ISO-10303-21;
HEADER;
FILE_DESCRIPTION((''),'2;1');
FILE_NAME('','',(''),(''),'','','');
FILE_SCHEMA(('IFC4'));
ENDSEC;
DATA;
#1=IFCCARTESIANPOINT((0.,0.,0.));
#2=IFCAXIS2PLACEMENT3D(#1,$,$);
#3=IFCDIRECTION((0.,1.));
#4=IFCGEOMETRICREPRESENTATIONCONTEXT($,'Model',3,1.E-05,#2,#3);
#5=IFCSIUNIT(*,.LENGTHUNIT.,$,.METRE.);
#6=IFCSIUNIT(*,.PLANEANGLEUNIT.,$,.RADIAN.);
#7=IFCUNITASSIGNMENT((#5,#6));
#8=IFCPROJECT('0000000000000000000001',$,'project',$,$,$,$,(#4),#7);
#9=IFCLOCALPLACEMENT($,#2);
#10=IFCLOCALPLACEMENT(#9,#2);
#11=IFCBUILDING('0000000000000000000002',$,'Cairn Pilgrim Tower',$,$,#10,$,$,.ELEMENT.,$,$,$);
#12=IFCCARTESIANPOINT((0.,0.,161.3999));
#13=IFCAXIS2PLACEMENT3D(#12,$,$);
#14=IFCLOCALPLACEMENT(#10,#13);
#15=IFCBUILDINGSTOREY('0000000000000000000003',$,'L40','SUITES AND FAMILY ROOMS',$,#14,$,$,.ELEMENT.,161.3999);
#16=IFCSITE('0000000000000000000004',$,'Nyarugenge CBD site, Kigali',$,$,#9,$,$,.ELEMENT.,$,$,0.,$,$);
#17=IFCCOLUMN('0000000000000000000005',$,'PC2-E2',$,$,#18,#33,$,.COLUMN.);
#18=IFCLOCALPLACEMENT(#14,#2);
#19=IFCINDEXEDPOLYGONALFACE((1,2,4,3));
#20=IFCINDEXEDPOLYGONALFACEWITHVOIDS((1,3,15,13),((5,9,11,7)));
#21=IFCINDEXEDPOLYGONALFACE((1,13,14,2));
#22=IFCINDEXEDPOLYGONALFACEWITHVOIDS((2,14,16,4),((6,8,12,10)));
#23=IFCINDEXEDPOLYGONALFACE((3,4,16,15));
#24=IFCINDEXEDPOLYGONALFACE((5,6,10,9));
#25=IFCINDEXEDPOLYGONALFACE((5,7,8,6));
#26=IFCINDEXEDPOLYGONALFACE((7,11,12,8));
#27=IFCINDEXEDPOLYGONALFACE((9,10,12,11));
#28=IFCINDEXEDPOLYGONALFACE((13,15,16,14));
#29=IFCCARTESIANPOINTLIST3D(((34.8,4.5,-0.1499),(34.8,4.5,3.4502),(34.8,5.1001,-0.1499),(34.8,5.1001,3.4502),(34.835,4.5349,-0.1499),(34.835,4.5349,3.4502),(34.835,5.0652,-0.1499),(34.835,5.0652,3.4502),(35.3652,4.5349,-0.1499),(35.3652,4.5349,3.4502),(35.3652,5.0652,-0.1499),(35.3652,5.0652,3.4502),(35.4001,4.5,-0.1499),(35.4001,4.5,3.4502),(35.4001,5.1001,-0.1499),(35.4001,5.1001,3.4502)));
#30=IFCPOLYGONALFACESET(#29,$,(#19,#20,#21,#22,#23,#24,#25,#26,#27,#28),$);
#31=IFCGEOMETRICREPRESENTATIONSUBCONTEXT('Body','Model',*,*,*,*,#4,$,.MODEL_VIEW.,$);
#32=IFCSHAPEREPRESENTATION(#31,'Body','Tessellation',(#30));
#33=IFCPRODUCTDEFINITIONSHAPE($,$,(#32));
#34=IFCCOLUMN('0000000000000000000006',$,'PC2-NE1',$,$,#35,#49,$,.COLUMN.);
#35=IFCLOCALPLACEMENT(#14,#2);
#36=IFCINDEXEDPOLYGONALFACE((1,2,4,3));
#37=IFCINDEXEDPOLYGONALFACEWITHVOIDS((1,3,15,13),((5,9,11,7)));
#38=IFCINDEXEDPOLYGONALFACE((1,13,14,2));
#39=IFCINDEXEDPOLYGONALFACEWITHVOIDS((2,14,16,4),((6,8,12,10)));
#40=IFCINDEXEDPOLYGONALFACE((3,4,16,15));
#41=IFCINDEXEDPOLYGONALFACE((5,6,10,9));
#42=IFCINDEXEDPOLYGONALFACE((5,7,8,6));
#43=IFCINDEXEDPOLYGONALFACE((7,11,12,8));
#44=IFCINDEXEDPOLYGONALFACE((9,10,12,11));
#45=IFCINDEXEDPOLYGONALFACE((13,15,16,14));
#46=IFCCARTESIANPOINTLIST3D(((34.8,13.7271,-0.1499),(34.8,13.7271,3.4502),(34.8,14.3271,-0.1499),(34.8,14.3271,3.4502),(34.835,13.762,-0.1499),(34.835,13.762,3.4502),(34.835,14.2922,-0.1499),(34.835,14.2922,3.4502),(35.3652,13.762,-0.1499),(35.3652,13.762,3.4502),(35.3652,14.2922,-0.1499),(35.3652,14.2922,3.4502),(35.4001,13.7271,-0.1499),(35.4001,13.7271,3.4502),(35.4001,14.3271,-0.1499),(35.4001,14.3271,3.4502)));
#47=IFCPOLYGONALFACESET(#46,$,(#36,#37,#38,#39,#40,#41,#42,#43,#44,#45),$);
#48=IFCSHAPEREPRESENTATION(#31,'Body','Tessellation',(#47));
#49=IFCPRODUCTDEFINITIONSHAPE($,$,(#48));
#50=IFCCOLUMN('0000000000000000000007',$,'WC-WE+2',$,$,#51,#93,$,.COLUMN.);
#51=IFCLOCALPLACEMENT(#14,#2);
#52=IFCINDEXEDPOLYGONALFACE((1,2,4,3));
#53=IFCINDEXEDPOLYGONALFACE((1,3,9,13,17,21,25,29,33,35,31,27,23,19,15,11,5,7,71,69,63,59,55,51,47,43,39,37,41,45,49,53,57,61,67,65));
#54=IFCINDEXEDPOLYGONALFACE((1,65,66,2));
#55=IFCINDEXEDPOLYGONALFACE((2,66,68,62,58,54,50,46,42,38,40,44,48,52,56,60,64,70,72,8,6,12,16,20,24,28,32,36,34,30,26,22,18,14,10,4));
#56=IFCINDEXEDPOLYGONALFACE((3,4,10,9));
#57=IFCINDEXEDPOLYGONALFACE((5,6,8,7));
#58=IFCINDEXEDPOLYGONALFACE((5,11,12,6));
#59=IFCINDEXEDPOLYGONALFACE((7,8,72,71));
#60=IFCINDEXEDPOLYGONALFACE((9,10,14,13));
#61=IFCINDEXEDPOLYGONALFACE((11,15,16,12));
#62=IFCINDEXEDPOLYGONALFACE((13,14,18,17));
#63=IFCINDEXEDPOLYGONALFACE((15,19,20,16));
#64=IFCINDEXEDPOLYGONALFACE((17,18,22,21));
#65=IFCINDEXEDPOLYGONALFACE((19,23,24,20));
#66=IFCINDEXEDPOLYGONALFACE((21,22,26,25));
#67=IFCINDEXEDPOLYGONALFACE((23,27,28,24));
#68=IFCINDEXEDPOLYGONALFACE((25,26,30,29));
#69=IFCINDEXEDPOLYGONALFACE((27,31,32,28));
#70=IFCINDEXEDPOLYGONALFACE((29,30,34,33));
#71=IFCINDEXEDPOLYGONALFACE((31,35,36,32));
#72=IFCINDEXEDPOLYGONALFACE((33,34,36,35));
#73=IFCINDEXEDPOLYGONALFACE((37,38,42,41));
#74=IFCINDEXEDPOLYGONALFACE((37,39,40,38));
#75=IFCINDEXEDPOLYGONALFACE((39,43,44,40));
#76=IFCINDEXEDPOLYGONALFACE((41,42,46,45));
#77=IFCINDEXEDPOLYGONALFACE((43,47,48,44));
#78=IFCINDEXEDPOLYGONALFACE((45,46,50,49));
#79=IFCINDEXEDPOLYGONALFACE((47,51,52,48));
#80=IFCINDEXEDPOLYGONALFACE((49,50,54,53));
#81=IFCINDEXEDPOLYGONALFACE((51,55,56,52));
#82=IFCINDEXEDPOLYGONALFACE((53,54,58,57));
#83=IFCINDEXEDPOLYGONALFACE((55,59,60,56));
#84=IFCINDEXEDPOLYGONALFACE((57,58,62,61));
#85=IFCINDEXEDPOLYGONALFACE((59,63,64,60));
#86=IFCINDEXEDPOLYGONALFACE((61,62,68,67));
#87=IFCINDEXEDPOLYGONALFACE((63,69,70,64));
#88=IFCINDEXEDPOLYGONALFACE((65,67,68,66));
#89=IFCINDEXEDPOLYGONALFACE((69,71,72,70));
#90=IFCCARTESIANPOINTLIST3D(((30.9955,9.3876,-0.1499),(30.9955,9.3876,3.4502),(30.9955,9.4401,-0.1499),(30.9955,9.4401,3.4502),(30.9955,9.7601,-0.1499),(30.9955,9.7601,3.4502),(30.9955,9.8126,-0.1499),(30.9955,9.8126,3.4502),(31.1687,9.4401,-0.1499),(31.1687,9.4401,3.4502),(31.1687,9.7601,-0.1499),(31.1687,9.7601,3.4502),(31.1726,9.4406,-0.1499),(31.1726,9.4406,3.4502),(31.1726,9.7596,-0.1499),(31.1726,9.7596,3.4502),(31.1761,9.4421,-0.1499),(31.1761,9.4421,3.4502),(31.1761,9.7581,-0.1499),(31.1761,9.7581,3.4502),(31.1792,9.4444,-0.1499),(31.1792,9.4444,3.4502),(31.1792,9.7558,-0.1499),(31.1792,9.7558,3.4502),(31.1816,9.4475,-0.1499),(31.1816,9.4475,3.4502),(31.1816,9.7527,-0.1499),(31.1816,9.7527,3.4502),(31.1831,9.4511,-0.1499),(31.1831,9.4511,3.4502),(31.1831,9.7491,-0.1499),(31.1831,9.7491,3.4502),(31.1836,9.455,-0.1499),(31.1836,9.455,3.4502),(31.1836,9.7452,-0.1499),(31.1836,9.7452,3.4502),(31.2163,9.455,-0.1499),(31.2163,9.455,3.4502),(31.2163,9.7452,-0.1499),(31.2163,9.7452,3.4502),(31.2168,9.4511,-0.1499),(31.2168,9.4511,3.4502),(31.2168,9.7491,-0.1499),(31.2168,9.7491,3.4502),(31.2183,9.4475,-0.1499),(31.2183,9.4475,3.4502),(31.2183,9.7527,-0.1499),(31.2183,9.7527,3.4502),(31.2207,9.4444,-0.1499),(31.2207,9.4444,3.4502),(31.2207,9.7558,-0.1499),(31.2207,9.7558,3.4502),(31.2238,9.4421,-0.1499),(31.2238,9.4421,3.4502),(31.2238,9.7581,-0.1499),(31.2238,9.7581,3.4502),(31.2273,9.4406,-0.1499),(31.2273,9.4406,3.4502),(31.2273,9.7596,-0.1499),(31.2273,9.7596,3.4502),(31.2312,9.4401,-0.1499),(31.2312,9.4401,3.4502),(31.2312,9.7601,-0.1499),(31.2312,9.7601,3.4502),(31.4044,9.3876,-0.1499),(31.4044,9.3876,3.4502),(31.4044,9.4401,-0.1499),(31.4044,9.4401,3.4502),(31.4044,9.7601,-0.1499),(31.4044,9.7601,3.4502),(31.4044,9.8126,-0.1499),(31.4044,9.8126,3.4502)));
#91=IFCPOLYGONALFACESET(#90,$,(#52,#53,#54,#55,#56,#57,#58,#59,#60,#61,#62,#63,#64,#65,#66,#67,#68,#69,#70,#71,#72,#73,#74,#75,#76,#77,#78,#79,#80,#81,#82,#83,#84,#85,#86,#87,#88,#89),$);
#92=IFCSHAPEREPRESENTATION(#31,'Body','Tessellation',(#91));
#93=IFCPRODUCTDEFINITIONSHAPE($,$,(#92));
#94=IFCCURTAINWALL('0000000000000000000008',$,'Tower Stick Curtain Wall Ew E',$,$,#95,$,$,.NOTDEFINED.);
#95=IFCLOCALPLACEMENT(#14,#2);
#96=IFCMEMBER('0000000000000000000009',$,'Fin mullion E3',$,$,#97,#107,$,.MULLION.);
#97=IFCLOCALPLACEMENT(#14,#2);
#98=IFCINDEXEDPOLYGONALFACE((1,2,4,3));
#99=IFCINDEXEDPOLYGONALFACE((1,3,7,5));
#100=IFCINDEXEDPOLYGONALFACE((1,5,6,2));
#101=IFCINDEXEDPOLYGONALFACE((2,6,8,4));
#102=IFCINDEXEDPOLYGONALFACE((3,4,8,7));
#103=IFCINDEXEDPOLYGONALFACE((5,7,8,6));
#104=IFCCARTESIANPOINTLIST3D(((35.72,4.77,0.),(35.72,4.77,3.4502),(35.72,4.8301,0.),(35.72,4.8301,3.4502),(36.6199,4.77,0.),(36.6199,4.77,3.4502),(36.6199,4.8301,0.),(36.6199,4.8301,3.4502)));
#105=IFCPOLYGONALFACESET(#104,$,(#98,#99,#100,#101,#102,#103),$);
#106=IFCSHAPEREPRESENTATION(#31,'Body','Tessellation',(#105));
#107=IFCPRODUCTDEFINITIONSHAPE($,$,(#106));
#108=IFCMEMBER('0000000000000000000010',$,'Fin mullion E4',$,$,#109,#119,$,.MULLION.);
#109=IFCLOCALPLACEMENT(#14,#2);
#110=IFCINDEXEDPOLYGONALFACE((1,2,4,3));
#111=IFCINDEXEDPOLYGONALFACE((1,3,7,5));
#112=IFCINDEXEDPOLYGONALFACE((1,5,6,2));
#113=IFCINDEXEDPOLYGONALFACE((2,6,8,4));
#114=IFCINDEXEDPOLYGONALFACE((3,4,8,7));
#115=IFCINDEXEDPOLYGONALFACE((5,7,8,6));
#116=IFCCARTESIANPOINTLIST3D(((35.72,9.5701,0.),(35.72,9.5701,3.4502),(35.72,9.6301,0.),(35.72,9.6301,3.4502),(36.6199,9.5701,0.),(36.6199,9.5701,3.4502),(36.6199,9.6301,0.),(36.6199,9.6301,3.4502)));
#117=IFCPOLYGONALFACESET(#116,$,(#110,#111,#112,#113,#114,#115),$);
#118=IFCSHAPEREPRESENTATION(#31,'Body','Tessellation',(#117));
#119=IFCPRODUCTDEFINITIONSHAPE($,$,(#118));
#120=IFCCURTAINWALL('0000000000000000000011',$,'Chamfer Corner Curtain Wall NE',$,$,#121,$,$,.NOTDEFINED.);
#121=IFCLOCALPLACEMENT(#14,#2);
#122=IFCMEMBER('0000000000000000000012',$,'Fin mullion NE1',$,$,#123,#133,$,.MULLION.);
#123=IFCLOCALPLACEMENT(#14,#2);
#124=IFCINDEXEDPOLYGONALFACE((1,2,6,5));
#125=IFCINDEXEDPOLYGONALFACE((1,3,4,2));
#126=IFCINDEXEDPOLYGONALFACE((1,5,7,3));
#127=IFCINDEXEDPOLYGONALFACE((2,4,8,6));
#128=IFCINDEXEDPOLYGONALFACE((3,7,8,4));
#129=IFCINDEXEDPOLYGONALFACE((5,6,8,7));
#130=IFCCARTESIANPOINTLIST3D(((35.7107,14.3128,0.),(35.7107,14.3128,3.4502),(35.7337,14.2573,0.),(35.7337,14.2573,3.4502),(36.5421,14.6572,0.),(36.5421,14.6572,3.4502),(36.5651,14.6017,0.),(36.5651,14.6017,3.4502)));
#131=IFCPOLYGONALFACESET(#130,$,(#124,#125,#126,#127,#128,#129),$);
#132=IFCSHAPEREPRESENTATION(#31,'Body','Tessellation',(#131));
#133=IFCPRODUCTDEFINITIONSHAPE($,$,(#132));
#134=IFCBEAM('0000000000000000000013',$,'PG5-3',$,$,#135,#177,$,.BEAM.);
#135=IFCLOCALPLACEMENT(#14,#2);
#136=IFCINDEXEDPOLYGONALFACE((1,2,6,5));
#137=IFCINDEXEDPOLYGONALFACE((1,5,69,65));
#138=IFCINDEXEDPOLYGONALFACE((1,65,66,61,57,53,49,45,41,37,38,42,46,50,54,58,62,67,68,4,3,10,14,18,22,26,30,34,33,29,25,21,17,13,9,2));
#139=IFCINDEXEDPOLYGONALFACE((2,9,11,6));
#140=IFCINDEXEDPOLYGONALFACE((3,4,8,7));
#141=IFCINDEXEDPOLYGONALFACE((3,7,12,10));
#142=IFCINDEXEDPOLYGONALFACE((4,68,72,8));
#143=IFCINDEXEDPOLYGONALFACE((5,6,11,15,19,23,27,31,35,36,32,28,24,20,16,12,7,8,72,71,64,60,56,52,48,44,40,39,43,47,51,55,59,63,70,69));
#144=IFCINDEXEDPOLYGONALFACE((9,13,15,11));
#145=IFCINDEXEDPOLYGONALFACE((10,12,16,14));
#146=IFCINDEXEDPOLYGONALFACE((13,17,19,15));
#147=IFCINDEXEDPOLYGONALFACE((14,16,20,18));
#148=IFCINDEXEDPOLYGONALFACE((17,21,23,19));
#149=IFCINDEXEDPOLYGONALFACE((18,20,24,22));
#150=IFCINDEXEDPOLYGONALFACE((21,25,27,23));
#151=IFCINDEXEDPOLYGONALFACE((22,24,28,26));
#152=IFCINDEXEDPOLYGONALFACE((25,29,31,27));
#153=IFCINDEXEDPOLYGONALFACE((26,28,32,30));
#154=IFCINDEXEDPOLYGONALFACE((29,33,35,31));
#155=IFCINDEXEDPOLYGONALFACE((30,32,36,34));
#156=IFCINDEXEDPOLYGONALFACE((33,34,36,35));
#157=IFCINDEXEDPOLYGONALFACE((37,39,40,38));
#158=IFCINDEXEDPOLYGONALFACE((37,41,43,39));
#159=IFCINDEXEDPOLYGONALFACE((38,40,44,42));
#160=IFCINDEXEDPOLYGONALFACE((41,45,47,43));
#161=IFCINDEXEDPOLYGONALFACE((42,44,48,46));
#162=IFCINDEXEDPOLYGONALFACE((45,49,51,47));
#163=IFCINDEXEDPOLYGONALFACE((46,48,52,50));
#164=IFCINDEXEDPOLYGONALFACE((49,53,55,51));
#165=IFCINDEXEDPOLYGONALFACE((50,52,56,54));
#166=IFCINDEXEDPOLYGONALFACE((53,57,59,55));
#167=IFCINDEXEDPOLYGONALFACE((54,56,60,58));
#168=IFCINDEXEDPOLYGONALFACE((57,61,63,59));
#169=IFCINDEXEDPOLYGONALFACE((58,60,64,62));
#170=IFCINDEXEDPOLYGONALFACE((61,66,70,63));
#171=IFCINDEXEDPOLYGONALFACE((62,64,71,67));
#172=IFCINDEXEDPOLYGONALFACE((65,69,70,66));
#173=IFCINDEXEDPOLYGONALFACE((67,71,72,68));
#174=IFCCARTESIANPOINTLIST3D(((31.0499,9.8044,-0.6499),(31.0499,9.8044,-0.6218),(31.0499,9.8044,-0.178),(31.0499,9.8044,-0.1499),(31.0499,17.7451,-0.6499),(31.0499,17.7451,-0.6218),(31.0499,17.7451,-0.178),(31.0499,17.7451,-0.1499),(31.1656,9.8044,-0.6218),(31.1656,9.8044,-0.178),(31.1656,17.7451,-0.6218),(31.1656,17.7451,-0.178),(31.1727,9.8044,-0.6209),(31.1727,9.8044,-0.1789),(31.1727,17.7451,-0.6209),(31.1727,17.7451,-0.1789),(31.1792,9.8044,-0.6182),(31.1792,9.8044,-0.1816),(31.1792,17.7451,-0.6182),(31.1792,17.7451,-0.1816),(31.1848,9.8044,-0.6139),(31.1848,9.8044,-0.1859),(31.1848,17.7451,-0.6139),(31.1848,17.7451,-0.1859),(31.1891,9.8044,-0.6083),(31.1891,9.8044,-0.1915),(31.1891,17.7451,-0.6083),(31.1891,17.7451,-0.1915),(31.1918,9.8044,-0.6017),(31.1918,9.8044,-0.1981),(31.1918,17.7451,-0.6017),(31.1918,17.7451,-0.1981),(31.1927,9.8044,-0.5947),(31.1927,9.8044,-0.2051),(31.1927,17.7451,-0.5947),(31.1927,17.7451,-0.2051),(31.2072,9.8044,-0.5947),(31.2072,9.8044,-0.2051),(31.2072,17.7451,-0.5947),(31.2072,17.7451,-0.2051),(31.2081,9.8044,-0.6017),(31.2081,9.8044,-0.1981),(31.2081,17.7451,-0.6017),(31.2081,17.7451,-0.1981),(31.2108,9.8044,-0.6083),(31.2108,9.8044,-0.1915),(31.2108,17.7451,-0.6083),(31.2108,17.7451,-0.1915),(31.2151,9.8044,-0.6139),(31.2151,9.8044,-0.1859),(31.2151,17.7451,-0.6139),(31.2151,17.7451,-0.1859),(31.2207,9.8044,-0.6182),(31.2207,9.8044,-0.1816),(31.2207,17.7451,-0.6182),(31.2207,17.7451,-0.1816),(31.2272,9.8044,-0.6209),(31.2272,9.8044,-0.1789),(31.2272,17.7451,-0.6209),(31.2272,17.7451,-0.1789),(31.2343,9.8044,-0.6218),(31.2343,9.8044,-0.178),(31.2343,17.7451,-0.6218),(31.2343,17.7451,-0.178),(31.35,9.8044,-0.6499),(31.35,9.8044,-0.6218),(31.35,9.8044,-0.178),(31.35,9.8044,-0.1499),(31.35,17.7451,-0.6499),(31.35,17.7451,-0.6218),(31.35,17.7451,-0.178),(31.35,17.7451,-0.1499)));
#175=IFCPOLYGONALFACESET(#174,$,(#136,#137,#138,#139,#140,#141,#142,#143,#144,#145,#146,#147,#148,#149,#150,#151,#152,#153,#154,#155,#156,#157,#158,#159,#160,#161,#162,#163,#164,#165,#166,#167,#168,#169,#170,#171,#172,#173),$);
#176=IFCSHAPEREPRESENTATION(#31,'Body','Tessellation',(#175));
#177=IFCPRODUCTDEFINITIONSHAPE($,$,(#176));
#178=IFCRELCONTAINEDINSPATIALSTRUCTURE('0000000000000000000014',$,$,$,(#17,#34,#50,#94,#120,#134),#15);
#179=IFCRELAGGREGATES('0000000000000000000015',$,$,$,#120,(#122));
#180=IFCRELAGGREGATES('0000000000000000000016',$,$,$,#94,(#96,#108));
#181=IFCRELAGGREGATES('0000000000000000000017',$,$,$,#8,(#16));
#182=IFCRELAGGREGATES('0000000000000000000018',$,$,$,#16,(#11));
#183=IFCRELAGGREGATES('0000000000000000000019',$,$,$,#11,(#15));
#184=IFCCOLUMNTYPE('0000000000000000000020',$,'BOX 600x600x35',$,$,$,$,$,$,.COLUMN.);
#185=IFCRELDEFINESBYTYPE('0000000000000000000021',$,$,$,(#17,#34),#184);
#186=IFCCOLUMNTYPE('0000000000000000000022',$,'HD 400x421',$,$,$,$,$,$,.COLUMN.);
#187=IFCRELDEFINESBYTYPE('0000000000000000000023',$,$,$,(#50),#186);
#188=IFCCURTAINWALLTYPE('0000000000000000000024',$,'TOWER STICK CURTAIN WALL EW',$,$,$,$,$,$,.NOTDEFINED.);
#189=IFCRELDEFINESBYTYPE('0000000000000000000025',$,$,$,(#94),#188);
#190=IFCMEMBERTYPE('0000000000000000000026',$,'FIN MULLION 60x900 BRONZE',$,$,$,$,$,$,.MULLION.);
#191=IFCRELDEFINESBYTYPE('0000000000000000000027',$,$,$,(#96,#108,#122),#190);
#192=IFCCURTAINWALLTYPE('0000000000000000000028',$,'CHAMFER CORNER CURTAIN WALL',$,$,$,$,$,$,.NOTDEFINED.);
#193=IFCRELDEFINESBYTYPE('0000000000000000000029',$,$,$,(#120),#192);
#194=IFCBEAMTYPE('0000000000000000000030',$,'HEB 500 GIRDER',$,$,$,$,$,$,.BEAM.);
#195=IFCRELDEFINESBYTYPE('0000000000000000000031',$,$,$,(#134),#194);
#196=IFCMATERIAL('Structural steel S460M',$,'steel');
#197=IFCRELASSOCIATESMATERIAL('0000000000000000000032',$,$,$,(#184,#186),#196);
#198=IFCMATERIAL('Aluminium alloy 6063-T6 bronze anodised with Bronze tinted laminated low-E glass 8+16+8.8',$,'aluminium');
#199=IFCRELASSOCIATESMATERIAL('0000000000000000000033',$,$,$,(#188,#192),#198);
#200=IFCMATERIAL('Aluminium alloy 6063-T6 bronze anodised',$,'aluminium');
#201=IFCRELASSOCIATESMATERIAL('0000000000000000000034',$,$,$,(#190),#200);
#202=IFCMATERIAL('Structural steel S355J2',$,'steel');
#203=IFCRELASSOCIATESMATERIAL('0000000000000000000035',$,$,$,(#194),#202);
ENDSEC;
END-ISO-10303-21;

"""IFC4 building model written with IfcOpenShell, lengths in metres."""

from ifc_helpers import new_model, si_unit, direction, frame, origin, origin_2d, place, context, subcontext, project, spatial, rectangle, hollow_rectangle, i_section, extrude, material, material_profile, profile_set, type_object, element, aggregate, save


model = new_model("IFC4")

# Units and contexts
model_context = context("Model", 3, precision=1e-05, world=origin(), true_north=direction((0.0, 1.0)))
body_context = subcontext(model_context, "Body", "Model", "MODEL_VIEW")
ifc_project = project(units=[si_unit("LENGTHUNIT", "METRE"), si_unit("PLANEANGLEUNIT", "RADIAN")], contexts=[model_context])

# Site, building, storey
site_placement = place(None, origin())
site = spatial("IfcSite", under=ifc_project, at=site_placement, Name="Nyarugenge CBD site, Kigali", CompositionType="ELEMENT", RefElevation=0.0)
building_placement = place(site_placement, origin())
building = spatial("IfcBuilding", under=site, at=building_placement, Name="Cairn Pilgrim Tower", CompositionType="ELEMENT")
storey_placement = place(building_placement, frame((0.0, 0.0, 161.3999)))
storey = spatial("IfcBuildingStorey", under=building, at=storey_placement, Name="L40", Description="SUITES AND FAMILY ROOMS", CompositionType="ELEMENT", Elevation=161.3999)

# Columns
ifc_material_1 = material(Name="Structural steel S460M", Category="steel")
ifc_material_profile_1 = material_profile(ifc_material_1, hollow_rectangle(XDim=0.6001, YDim=0.6001, WallThickness=0.0349, at=origin_2d()), Name="BOX 600x600x35")
ifc_profile_set_1 = profile_set([ifc_material_profile_1], Name="Structural steel S460M")
column_type_1 = type_object("IfcColumnType", Name="BOX 600x600x35", PredefinedType="COLUMN", material=ifc_profile_set_1)
for number, where, z_axis, x_axis, name in (
    (1, (35.1001, 4.8, -0.1499), (0.0, 0.0, 1.0), (1.0, 0.0, 0.0), "PC2-E2"),
    (2, (35.1001, 14.0271, -0.1499), (0.0, 0.0, 1.0), (1.0, 0.0, 0.0), "PC2-NE1"),
):
    element("IfcColumn", number, at=place(storey_placement, frame(where, z_axis=z_axis, x_axis=x_axis)), inside=storey, type_object=column_type_1, Name=name, PredefinedType="COLUMN", context=body_context, shape_type="SweptSolid", body=[
        extrude(hollow_rectangle(XDim=0.6001, YDim=0.6001, WallThickness=0.0349, at=origin_2d()), origin(), (0.0, 0.0, 1.0), 3.6001),
    ])
ifc_material_profile_2 = material_profile(ifc_material_1, i_section(OverallWidth=0.4089, OverallDepth=0.425, WebThickness=0.0327, FlangeThickness=0.0525, FilletRadius=0.0149, at=origin_2d()), Name="HD 400x421")
ifc_profile_set_2 = profile_set([ifc_material_profile_2], Name="Structural steel S460M")
column_type_2 = type_object("IfcColumnType", Name="HD 400x421", PredefinedType="COLUMN", material=ifc_profile_set_2)
column_placement = place(storey_placement, frame((31.2, 9.6001, -0.1499), z_axis=(0.0, 0.0, 1.0), x_axis=(1.0, 0.0, 0.0)))
element("IfcColumn", 3, at=column_placement, inside=storey, type_object=column_type_2, Name="WC-WE+2", PredefinedType="COLUMN", context=body_context, shape_type="SweptSolid", body=[
    extrude(i_section(OverallWidth=0.4089, OverallDepth=0.425, WebThickness=0.0327, FlangeThickness=0.0525, FilletRadius=0.0149, at=origin_2d()), origin(), (0.0, 0.0, 1.0), 3.6001),
])

# Curtain wall, members
ifc_material_2 = material(Name="Aluminium alloy 6063-T6 bronze anodised with Bronze tinted laminated low-E glass 8+16+8.8", Category="aluminium")
curtain_wall_type_1 = type_object("IfcCurtainWallType", Name="TOWER STICK CURTAIN WALL EW", PredefinedType="NOTDEFINED", material=ifc_material_2)
curtain_wall_1_placement = place(storey_placement, origin())
curtain_wall_1 = element("IfcCurtainWall", 4, at=curtain_wall_1_placement, inside=storey, type_object=curtain_wall_type_1, Name="Tower Stick Curtain Wall Ew E", PredefinedType="NOTDEFINED")
ifc_material_3 = material(Name="Aluminium alloy 6063-T6 bronze anodised", Category="aluminium")
ifc_material_profile_3 = material_profile(ifc_material_3, rectangle(XDim=0.8999, YDim=0.0601, at=origin_2d()), Name="FIN MULLION 60x900 BRONZE")
ifc_profile_set_3 = profile_set([ifc_material_profile_3], Name="Aluminium alloy 6063-T6 bronze anodised")
member_type_1 = type_object("IfcMemberType", Name="FIN MULLION 60x900 BRONZE", PredefinedType="MULLION", material=ifc_profile_set_3)
member_1_placement = place(storey_placement, frame((36.1699, 4.8, 0.0), z_axis=(0.0, 0.0, 1.0), x_axis=(1.0, 0.0, 0.0)))
member_1 = element("IfcMember", 5, at=member_1_placement, type_object=member_type_1, Name="Fin mullion E3", PredefinedType="MULLION", context=body_context, shape_type="SweptSolid", body=[
    extrude(rectangle(XDim=0.8999, YDim=0.0601, at=origin_2d()), origin(), (0.0, 0.0, 1.0), 3.4502),
])
member_2_placement = place(storey_placement, frame((36.1699, 9.6001, 0.0), z_axis=(0.0, 0.0, 1.0), x_axis=(1.0, 0.0, 0.0)))
member_2 = element("IfcMember", 6, at=member_2_placement, type_object=member_type_1, Name="Fin mullion E4", PredefinedType="MULLION", context=body_context, shape_type="SweptSolid", body=[
    extrude(rectangle(XDim=0.8999, YDim=0.0601, at=origin_2d()), origin(), (0.0, 0.0, 1.0), 3.4502),
])

# Curtain wall, member
curtain_wall_type_2 = type_object("IfcCurtainWallType", Name="CHAMFER CORNER CURTAIN WALL", PredefinedType="NOTDEFINED", material=ifc_material_2)
curtain_wall_2_placement = place(storey_placement, origin())
curtain_wall_2 = element("IfcCurtainWall", 7, at=curtain_wall_2_placement, inside=storey, type_object=curtain_wall_type_2, Name="Chamfer Corner Curtain Wall NE", PredefinedType="NOTDEFINED")
member_3_placement = place(storey_placement, frame((36.1379, 14.4573, 0.0), z_axis=(0.0, 0.0, 1.0), x_axis=(0.92388, 0.382683, 0.0)))
member_3 = element("IfcMember", 8, at=member_3_placement, type_object=member_type_1, Name="Fin mullion NE1", PredefinedType="MULLION", context=body_context, shape_type="SweptSolid", body=[
    extrude(rectangle(XDim=0.8999, YDim=0.0601, at=origin_2d()), origin(), (0.0, 0.0, 1.0), 3.4502),
])
aggregate(curtain_wall_2, [member_3])

# Beam
ifc_material_4 = material(Name="Structural steel S355J2", Category="steel")
ifc_material_profile_4 = material_profile(ifc_material_4, i_section(OverallWidth=0.3, OverallDepth=0.5, WebThickness=0.0144, FlangeThickness=0.0281, FilletRadius=0.0271, at=origin_2d()), Name="HEB 500")
ifc_profile_set_4 = profile_set([ifc_material_profile_4], Name="Structural steel S355J2")
beam_type_1 = type_object("IfcBeamType", Name="HEB 500 GIRDER", PredefinedType="BEAM", material=ifc_profile_set_4)
beam_1_placement = place(storey_placement, frame((31.2, 9.8044, -0.3999), z_axis=(0.0, 1.0, 0.0), x_axis=(-1.0, 0.0, 0.0)))
element("IfcBeam", 9, at=beam_1_placement, inside=storey, type_object=beam_type_1, Name="PG5-3", PredefinedType="BEAM", context=body_context, shape_type="SweptSolid", body=[
    extrude(i_section(OverallWidth=0.3, OverallDepth=0.5, WebThickness=0.0144, FlangeThickness=0.0281, FilletRadius=0.0271, at=origin_2d()), origin(), (0.0, 0.0, 1.0), 7.9407),
])

aggregate(curtain_wall_1, [member_1, member_2])

save(model, "model.ifc")
